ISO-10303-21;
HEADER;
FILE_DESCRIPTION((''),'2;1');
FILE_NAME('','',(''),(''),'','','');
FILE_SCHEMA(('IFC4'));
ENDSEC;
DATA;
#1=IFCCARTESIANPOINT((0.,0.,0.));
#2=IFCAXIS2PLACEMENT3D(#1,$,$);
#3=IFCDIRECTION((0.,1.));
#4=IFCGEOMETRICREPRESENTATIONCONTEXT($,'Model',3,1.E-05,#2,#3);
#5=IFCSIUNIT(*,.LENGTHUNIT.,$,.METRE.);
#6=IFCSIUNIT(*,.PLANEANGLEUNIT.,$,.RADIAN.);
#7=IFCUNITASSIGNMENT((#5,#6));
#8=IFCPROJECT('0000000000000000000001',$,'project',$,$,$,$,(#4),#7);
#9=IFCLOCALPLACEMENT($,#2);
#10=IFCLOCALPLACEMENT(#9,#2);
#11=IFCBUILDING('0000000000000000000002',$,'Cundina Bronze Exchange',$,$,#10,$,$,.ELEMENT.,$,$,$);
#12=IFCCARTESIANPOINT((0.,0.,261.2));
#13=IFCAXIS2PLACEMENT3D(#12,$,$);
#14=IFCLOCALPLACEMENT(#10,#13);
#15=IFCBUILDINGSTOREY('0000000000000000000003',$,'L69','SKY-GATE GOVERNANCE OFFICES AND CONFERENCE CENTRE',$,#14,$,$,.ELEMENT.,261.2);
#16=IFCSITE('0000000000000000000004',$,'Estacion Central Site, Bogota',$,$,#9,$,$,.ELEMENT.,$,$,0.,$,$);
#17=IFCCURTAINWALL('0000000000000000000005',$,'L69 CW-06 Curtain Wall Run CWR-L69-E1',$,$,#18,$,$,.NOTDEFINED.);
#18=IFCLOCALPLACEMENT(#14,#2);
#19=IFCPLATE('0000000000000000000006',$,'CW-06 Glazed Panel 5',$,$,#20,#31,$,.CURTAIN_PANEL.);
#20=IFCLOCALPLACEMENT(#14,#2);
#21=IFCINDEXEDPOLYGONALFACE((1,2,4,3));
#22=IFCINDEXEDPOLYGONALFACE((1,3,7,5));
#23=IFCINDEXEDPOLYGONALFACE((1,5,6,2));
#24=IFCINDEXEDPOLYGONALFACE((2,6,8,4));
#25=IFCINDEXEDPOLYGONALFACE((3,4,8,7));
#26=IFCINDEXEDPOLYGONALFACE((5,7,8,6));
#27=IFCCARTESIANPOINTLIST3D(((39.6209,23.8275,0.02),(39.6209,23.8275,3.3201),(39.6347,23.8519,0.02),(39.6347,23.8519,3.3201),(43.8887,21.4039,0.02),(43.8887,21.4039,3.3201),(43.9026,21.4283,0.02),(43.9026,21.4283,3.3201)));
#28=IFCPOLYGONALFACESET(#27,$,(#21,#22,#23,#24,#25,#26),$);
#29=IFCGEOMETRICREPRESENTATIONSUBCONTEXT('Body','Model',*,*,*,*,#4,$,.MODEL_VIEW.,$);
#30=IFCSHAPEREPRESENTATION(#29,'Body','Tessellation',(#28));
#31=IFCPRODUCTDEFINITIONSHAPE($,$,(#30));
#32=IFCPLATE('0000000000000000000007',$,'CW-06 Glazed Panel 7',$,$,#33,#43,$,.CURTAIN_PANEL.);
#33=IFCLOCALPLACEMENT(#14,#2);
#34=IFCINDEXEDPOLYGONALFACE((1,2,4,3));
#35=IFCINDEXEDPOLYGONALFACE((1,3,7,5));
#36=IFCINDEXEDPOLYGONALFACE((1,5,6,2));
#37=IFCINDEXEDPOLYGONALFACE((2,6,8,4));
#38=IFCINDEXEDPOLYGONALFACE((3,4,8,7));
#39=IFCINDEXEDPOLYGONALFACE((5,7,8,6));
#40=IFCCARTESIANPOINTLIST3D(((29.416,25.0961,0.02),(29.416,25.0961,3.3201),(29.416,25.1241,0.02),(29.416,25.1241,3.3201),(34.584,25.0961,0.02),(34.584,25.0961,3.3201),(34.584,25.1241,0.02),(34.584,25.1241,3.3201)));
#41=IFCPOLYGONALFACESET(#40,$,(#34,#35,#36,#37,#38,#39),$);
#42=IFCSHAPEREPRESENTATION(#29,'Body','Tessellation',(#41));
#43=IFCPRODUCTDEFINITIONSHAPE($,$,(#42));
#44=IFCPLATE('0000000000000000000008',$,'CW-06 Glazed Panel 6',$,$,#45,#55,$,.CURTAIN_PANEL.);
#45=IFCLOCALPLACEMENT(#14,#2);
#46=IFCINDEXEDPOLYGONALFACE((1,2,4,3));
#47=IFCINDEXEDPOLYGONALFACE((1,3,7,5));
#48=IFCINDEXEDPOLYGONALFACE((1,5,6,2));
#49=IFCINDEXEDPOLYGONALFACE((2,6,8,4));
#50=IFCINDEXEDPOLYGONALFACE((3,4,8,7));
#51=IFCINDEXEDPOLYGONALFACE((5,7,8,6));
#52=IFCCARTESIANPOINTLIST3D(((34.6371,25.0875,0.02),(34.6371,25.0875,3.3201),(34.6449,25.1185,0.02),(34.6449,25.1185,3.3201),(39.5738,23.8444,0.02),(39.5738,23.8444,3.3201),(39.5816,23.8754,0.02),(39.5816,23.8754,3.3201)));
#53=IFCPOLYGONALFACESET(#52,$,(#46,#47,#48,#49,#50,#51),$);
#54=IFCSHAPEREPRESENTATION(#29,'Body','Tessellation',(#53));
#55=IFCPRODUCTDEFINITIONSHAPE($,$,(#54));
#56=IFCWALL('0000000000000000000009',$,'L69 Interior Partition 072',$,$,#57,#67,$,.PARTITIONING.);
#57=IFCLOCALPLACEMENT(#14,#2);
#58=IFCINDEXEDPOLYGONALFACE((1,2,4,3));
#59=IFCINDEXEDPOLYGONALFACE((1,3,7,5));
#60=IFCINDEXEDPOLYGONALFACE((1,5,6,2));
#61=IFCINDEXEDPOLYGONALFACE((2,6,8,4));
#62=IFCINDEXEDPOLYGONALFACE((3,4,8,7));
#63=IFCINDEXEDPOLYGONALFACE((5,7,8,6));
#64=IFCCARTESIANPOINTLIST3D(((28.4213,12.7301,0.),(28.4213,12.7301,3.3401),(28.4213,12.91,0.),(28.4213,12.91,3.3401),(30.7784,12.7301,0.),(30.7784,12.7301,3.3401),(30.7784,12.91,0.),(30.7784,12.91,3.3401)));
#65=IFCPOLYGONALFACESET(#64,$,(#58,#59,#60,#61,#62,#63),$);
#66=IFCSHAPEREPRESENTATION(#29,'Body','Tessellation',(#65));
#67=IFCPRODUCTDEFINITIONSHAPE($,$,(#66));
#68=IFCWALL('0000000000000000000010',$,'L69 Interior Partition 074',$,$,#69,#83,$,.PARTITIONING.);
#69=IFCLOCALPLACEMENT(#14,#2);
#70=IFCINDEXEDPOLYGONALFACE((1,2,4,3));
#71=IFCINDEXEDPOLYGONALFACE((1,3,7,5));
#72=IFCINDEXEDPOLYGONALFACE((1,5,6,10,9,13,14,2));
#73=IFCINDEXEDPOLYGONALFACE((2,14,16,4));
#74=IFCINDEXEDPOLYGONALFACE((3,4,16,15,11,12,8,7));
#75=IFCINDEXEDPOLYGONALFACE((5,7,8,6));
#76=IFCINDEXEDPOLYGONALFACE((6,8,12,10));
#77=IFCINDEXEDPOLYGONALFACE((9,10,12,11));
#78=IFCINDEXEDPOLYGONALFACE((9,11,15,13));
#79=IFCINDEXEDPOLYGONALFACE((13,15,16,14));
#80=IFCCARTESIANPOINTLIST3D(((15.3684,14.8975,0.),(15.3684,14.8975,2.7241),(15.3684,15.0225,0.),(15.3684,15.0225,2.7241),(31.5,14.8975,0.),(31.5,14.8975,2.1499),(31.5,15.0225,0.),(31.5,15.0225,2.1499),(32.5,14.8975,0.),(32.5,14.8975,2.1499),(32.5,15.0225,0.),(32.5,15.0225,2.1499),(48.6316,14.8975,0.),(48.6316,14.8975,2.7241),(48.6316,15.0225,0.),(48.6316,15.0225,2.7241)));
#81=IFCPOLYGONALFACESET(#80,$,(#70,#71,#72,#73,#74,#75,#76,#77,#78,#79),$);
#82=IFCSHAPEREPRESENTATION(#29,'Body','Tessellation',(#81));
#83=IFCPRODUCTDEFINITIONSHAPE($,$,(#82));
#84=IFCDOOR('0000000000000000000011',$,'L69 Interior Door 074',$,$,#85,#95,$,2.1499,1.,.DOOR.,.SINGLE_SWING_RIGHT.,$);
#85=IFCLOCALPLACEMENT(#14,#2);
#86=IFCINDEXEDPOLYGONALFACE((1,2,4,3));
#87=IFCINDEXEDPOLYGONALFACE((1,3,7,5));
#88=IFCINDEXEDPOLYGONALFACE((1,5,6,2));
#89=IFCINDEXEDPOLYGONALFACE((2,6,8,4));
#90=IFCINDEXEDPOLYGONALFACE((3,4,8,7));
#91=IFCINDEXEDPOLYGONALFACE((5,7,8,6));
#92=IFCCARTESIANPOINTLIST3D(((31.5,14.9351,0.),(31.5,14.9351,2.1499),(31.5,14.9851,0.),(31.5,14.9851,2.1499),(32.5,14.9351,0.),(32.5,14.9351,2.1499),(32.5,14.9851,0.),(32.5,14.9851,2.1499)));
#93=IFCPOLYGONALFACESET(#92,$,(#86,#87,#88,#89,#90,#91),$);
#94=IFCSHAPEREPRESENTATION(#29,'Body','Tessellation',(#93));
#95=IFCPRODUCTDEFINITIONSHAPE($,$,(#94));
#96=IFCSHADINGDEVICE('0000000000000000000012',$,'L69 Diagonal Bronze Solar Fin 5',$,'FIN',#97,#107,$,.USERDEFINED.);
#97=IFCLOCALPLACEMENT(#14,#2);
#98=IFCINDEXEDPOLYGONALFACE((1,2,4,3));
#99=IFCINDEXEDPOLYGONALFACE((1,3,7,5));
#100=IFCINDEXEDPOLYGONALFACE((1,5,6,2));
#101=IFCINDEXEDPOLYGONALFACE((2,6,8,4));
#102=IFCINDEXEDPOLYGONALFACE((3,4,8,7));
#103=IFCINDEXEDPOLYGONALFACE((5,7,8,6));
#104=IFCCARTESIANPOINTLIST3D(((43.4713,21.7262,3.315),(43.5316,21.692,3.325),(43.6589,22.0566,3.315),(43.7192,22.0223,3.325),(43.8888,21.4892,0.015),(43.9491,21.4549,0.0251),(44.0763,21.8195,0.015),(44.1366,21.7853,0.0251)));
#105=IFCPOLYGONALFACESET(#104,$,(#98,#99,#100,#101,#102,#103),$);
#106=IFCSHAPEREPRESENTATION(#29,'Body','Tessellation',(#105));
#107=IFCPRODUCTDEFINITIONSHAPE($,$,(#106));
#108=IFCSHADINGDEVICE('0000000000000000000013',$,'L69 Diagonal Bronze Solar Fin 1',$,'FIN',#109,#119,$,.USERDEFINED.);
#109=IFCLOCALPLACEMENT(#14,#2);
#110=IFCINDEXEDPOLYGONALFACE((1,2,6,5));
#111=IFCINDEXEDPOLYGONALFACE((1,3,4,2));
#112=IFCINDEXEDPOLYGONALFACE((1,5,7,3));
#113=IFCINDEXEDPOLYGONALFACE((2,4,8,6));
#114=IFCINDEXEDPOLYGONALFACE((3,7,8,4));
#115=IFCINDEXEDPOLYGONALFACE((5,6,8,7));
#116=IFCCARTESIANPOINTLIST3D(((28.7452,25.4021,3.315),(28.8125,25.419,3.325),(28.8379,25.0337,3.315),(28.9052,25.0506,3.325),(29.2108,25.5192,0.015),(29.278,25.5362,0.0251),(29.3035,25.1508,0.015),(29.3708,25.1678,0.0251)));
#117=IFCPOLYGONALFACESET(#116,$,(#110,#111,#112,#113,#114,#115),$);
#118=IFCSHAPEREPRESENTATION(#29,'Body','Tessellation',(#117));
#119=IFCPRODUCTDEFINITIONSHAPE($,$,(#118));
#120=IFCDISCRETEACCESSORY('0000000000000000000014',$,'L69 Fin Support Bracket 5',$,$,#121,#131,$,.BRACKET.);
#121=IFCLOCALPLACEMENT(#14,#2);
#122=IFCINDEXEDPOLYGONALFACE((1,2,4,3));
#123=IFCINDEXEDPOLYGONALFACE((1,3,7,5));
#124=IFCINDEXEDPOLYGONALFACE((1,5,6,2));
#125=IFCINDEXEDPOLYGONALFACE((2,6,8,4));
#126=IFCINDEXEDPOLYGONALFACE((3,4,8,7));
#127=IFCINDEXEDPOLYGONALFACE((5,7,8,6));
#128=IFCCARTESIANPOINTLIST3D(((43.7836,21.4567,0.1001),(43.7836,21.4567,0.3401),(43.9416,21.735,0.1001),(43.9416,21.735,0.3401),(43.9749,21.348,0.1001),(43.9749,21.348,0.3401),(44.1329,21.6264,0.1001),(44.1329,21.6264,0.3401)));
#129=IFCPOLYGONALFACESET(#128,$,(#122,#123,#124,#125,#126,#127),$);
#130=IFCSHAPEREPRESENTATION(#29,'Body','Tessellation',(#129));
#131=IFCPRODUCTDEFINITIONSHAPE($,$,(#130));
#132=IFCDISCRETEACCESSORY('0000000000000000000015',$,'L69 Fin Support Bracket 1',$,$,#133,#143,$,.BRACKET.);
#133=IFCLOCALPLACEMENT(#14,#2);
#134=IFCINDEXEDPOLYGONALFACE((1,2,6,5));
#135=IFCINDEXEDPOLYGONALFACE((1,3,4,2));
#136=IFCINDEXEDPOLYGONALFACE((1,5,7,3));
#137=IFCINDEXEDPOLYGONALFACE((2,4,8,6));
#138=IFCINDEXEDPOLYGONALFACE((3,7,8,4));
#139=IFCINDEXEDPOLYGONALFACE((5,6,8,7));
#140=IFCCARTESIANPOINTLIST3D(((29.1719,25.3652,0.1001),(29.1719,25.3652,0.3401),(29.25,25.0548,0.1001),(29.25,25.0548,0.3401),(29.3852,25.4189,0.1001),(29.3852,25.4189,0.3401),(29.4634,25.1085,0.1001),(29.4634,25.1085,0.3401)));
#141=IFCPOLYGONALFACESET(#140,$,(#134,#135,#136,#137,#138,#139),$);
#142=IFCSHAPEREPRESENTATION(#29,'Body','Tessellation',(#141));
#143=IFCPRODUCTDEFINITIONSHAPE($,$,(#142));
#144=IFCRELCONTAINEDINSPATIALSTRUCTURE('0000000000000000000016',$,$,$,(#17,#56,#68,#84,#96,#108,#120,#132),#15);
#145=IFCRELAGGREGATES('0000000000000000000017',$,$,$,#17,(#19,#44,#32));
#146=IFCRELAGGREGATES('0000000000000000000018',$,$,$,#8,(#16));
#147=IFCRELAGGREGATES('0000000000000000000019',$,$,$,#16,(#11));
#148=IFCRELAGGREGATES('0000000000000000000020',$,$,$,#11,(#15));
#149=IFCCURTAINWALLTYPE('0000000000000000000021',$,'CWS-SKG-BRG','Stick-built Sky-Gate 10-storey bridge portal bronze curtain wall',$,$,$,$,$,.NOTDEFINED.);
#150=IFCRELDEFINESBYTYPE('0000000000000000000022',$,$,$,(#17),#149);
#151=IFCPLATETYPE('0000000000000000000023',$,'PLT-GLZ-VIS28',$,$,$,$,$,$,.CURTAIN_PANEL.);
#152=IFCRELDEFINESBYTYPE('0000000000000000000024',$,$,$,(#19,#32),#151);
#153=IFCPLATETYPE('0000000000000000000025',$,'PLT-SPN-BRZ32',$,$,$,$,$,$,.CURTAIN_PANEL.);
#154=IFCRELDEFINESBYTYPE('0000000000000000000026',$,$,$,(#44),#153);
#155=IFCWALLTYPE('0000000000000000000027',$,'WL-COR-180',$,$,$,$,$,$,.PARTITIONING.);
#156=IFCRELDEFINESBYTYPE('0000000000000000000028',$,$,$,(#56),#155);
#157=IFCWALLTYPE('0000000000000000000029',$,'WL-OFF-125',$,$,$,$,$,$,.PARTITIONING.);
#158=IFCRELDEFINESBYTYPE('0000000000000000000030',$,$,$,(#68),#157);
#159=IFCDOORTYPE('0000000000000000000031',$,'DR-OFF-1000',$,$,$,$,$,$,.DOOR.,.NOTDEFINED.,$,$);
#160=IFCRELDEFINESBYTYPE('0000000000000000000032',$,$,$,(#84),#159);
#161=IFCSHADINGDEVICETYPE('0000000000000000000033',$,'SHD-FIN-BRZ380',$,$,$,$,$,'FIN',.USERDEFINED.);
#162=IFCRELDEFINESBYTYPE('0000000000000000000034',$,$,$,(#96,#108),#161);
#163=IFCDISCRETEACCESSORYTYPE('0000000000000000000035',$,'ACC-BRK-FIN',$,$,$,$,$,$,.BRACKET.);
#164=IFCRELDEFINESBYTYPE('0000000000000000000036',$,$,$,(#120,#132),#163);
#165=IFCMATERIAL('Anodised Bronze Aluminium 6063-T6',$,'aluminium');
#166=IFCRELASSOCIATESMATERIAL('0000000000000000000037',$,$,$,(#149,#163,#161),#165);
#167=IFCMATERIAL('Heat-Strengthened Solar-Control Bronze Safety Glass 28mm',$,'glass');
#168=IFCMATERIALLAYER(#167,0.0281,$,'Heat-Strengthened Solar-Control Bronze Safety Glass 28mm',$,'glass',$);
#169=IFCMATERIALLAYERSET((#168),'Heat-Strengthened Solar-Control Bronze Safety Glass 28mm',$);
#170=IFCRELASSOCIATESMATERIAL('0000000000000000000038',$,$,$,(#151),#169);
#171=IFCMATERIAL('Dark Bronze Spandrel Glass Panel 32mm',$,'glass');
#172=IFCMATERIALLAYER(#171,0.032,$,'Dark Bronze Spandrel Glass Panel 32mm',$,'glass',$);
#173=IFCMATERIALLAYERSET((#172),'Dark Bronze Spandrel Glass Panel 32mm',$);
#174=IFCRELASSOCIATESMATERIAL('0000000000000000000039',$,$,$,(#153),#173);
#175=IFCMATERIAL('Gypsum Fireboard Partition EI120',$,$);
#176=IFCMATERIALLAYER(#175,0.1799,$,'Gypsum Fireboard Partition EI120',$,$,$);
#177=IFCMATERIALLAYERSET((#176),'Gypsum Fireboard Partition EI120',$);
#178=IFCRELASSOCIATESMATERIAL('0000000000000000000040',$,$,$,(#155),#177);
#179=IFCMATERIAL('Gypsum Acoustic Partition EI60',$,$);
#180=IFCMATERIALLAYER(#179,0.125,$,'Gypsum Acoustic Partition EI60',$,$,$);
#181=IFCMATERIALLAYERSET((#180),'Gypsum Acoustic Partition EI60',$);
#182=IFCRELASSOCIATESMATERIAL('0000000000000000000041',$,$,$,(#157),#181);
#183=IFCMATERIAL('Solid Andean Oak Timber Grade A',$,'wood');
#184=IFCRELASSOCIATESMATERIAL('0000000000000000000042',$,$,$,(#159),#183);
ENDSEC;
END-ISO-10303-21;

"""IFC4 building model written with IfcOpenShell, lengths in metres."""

from ifc_helpers import new_model, si_unit, direction, frame, frame_2d, origin, origin_2d, place, context, subcontext, project, spatial, rectangle, extrude, material, layer, layer_set, material_profile, profile_set, type_object, element, fill, aggregate, save


model = new_model("IFC4")

# Units and contexts
model_context = context("Model", 3, precision=1e-05, world=origin(), true_north=direction((0.0, 1.0)))
body_context = subcontext(model_context, "Body", "Model", "MODEL_VIEW")
ifc_project = project(units=[si_unit("LENGTHUNIT", "METRE"), si_unit("PLANEANGLEUNIT", "RADIAN")], contexts=[model_context])

# Site, building, storey
site_placement = place(None, origin())
site = spatial("IfcSite", under=ifc_project, at=site_placement, Name="Estacion Central Site, Bogota", CompositionType="ELEMENT", RefElevation=0.0)
building_placement = place(site_placement, origin())
building = spatial("IfcBuilding", under=site, at=building_placement, Name="Cundina Bronze Exchange", CompositionType="ELEMENT")
storey_placement = place(building_placement, frame((0.0, 0.0, 261.2)))
storey = spatial("IfcBuildingStorey", under=building, at=storey_placement, Name="L69", Description="SKY-GATE GOVERNANCE OFFICES AND CONFERENCE CENTRE", CompositionType="ELEMENT", Elevation=261.2)

# Curtain wall
ifc_material_1 = material(Name="Anodised Bronze Aluminium 6063-T6", Category="aluminium")
curtain_wall_type = type_object("IfcCurtainWallType", Name="CWS-SKG-BRG", Description="Stick-built Sky-Gate 10-storey bridge portal bronze curtain wall", PredefinedType="NOTDEFINED", material=ifc_material_1)
curtain_wall_1_placement = place(storey_placement, origin())
curtain_wall_1 = element("IfcCurtainWall", 1, at=curtain_wall_1_placement, inside=storey, type_object=curtain_wall_type, Name="L69 CW-06 Curtain Wall Run CWR-L69-E1", PredefinedType="NOTDEFINED")

# Plates
ifc_material_2 = material(Name="Heat-Strengthened Solar-Control Bronze Safety Glass 28mm", Category="glass")
ifc_layer_1 = layer(ifc_material_2, 0.0281, Name="Heat-Strengthened Solar-Control Bronze Safety Glass 28mm", Category="glass")
ifc_layer_set_1 = layer_set([ifc_layer_1], Name="Heat-Strengthened Solar-Control Bronze Safety Glass 28mm")
plate_type_1 = type_object("IfcPlateType", Name="PLT-GLZ-VIS28", PredefinedType="CURTAIN_PANEL", material=ifc_layer_set_1)
plate_1_placement = place(storey_placement, frame((41.7617, 22.6279, 0.02), z_axis=(0.0, 0.0, 1.0), x_axis=(-0.869573, 0.493805, 0.0)))
plate_1 = element("IfcPlate", 2, at=plate_1_placement, type_object=plate_type_1, Name="CW-06 Glazed Panel 5", PredefinedType="CURTAIN_PANEL", context=body_context, shape_type="SweptSolid", body=[
    extrude(rectangle(XDim=4.908, YDim=0.0281, at=origin_2d()), origin(), (0.0, 0.0, 1.0), 3.3),
])
plate_2_placement = place(storey_placement, frame((32.0, 25.1101, 0.02), z_axis=(0.0, 0.0, 1.0), x_axis=(-1.0, 0.0, 0.0)))
plate_2 = element("IfcPlate", 3, at=plate_2_placement, type_object=plate_type_1, Name="CW-06 Glazed Panel 7", PredefinedType="CURTAIN_PANEL", context=body_context, shape_type="SweptSolid", body=[
    extrude(rectangle(XDim=5.168, YDim=0.0281, at=origin_2d()), origin(), (0.0, 0.0, 1.0), 3.3),
])
ifc_material_3 = material(Name="Dark Bronze Spandrel Glass Panel 32mm", Category="glass")
ifc_layer_2 = layer(ifc_material_3, 0.032, Name="Dark Bronze Spandrel Glass Panel 32mm", Category="glass")
ifc_layer_set_2 = layer_set([ifc_layer_2], Name="Dark Bronze Spandrel Glass Panel 32mm")
plate_type_2 = type_object("IfcPlateType", Name="PLT-SPN-BRZ32", PredefinedType="CURTAIN_PANEL", material=ifc_layer_set_2)
plate_3_placement = place(storey_placement, frame((37.1094, 24.4814, 0.02), z_axis=(0.0, 0.0, 1.0), x_axis=(-0.969732, 0.244174, 0.0)))
plate_3 = element("IfcPlate", 4, at=plate_3_placement, type_object=plate_type_2, Name="CW-06 Glazed Panel 6", PredefinedType="CURTAIN_PANEL", context=body_context, shape_type="SweptSolid", body=[
    extrude(rectangle(XDim=5.0908, YDim=0.032, at=origin_2d()), origin(), (0.0, 0.0, 1.0), 3.3),
])
aggregate(curtain_wall_1, [plate_1, plate_3, plate_2])

# Wall
ifc_material_4 = material(Name="Gypsum Fireboard Partition EI120")
ifc_layer_3 = layer(ifc_material_4, 0.1799, Name="Gypsum Fireboard Partition EI120")
ifc_layer_set_3 = layer_set([ifc_layer_3], Name="Gypsum Fireboard Partition EI120")
wall_type_1 = type_object("IfcWallType", Name="WL-COR-180", PredefinedType="PARTITIONING", material=ifc_layer_set_3)
wall_1_placement = place(storey_placement, frame((30.7786, 12.8201, 0.0), z_axis=(0.0, 0.0, 1.0), x_axis=(-1.0, 0.0, 0.0)))
element("IfcWall", 5, at=wall_1_placement, inside=storey, type_object=wall_type_1, Name="L69 Interior Partition 072", PredefinedType="PARTITIONING", context=body_context, shape_type="SweptSolid", body=[
    extrude(rectangle(XDim=2.3572, YDim=0.1799, at=frame_2d((1.1787, 0.0))), origin(), (0.0, 0.0, 1.0), 3.3401),
])

# Wall, opening, door
ifc_material_5 = material(Name="Gypsum Acoustic Partition EI60")
ifc_layer_4 = layer(ifc_material_5, 0.125, Name="Gypsum Acoustic Partition EI60")
ifc_layer_set_4 = layer_set([ifc_layer_4], Name="Gypsum Acoustic Partition EI60")
wall_type_2 = type_object("IfcWallType", Name="WL-OFF-125", PredefinedType="PARTITIONING", material=ifc_layer_set_4)
wall_2_placement = place(storey_placement, frame((48.6316, 14.96, 0.0), z_axis=(0.0, 0.0, 1.0), x_axis=(-1.0, 0.0, 0.0)))
wall_2 = element("IfcWall", 6, at=wall_2_placement, inside=storey, type_object=wall_type_2, Name="L69 Interior Partition 074", PredefinedType="PARTITIONING", context=body_context, shape_type="SweptSolid", body=[
    extrude(rectangle(XDim=33.2632, YDim=0.125, at=frame_2d((16.6316, 0.0))), origin(), (0.0, 0.0, 1.0), 2.7241),
])
opening_placement = place(wall_2_placement, frame((16.1316, 0.0, 0.0)))
opening = element("IfcOpeningElement", 7, at=opening_placement, cuts=wall_2, PredefinedType="OPENING", context=body_context, shape_type="SweptSolid", body=[
    extrude(rectangle(XDim=1.0, YDim=2.1499, at=frame_2d((0.5, 1.075))), frame((0.0, 0.0725, 0.0), z_axis=(0.0, -1.0, 0.0), x_axis=(1.0, 0.0, 0.0)), (0.0, 0.0, 1.0), 0.145),
])
ifc_material_6 = material(Name="Solid Andean Oak Timber Grade A", Category="wood")
door_type = type_object("IfcDoorType", Name="DR-OFF-1000", OperationType="NOTDEFINED", PredefinedType="DOOR", material=ifc_material_6)
door_placement = place(opening_placement, origin())
door = element("IfcDoor", 8, at=door_placement, inside=storey, type_object=door_type, Name="L69 Interior Door 074", OperationType="SINGLE_SWING_RIGHT", OverallHeight=2.1499, OverallWidth=1.0, PredefinedType="DOOR", context=body_context, shape_type="SweptSolid", body=[
    extrude(rectangle(XDim=1.0, YDim=2.1499, at=frame_2d((0.5, 1.075))), frame((0.0, 0.0249, 0.0), z_axis=(0.0, -1.0, 0.0), x_axis=(1.0, 0.0, 0.0)), (0.0, 0.0, 1.0), 0.05),
])
fill(opening, door)

# Shading devices
ifc_material_profile_1 = material_profile(ifc_material_1, rectangle(XDim=0.0701, YDim=0.3799, at=origin_2d()), Name="FIN70X380", Category="aluminium")
ifc_profile_set_1 = profile_set([ifc_material_profile_1], Name="Anodised Bronze Aluminium 6063-T6")
shading_device_type = type_object("IfcShadingDeviceType", Name="SHD-FIN-BRZ380", ElementType="FIN", PredefinedType="USERDEFINED", material=ifc_profile_set_1)
for number, where, z_axis, x_axis, name in (
    (9, (44.0127, 21.6372, 0.02), (-0.12519, 0.071087, 0.989583), (0.860527, -0.488638, 0.143965), "L69 Diagonal Bronze Solar Fin 5"),
    (10, (29.2908, 25.3435, 0.02), (-0.139612, -0.035141, 0.989583), (0.95965, 0.241548, 0.143967), "L69 Diagonal Bronze Solar Fin 1"),
):
    element("IfcShadingDevice", number, at=place(storey_placement, frame(where, z_axis=z_axis, x_axis=x_axis)), inside=storey, type_object=shading_device_type, Name=name, ObjectType="FIN", PredefinedType="USERDEFINED", context=body_context, shape_type="SweptSolid", body=[
        extrude(rectangle(XDim=0.0701, YDim=0.3799, at=origin_2d()), origin(), (0.0, 0.0, 1.0), 3.3347),
    ])

# Discrete accessories
discrete_accessory_type = type_object("IfcDiscreteAccessoryType", Name="ACC-BRK-FIN", PredefinedType="BRACKET", material=ifc_material_1)
for number, where, z_axis, x_axis, name in (
    (11, (43.9583, 21.5415, 0.1001), (0.0, 0.0, 1.0), (-0.869573, 0.493805, 0.0), "L69 Fin Support Bracket 5"),
    (12, (29.3176, 25.2368, 0.1001), (0.0, 0.0, 1.0), (-0.969732, -0.244174, 0.0), "L69 Fin Support Bracket 1"),
):
    element("IfcDiscreteAccessory", number, at=place(storey_placement, frame(where, z_axis=z_axis, x_axis=x_axis)), inside=storey, type_object=discrete_accessory_type, Name=name, PredefinedType="BRACKET", context=body_context, shape_type="SweptSolid", body=[
        extrude(rectangle(XDim=0.22, YDim=0.3201, at=origin_2d()), origin(), (0.0, 0.0, 1.0), 0.24),
    ])

save(model, "model.ifc")
